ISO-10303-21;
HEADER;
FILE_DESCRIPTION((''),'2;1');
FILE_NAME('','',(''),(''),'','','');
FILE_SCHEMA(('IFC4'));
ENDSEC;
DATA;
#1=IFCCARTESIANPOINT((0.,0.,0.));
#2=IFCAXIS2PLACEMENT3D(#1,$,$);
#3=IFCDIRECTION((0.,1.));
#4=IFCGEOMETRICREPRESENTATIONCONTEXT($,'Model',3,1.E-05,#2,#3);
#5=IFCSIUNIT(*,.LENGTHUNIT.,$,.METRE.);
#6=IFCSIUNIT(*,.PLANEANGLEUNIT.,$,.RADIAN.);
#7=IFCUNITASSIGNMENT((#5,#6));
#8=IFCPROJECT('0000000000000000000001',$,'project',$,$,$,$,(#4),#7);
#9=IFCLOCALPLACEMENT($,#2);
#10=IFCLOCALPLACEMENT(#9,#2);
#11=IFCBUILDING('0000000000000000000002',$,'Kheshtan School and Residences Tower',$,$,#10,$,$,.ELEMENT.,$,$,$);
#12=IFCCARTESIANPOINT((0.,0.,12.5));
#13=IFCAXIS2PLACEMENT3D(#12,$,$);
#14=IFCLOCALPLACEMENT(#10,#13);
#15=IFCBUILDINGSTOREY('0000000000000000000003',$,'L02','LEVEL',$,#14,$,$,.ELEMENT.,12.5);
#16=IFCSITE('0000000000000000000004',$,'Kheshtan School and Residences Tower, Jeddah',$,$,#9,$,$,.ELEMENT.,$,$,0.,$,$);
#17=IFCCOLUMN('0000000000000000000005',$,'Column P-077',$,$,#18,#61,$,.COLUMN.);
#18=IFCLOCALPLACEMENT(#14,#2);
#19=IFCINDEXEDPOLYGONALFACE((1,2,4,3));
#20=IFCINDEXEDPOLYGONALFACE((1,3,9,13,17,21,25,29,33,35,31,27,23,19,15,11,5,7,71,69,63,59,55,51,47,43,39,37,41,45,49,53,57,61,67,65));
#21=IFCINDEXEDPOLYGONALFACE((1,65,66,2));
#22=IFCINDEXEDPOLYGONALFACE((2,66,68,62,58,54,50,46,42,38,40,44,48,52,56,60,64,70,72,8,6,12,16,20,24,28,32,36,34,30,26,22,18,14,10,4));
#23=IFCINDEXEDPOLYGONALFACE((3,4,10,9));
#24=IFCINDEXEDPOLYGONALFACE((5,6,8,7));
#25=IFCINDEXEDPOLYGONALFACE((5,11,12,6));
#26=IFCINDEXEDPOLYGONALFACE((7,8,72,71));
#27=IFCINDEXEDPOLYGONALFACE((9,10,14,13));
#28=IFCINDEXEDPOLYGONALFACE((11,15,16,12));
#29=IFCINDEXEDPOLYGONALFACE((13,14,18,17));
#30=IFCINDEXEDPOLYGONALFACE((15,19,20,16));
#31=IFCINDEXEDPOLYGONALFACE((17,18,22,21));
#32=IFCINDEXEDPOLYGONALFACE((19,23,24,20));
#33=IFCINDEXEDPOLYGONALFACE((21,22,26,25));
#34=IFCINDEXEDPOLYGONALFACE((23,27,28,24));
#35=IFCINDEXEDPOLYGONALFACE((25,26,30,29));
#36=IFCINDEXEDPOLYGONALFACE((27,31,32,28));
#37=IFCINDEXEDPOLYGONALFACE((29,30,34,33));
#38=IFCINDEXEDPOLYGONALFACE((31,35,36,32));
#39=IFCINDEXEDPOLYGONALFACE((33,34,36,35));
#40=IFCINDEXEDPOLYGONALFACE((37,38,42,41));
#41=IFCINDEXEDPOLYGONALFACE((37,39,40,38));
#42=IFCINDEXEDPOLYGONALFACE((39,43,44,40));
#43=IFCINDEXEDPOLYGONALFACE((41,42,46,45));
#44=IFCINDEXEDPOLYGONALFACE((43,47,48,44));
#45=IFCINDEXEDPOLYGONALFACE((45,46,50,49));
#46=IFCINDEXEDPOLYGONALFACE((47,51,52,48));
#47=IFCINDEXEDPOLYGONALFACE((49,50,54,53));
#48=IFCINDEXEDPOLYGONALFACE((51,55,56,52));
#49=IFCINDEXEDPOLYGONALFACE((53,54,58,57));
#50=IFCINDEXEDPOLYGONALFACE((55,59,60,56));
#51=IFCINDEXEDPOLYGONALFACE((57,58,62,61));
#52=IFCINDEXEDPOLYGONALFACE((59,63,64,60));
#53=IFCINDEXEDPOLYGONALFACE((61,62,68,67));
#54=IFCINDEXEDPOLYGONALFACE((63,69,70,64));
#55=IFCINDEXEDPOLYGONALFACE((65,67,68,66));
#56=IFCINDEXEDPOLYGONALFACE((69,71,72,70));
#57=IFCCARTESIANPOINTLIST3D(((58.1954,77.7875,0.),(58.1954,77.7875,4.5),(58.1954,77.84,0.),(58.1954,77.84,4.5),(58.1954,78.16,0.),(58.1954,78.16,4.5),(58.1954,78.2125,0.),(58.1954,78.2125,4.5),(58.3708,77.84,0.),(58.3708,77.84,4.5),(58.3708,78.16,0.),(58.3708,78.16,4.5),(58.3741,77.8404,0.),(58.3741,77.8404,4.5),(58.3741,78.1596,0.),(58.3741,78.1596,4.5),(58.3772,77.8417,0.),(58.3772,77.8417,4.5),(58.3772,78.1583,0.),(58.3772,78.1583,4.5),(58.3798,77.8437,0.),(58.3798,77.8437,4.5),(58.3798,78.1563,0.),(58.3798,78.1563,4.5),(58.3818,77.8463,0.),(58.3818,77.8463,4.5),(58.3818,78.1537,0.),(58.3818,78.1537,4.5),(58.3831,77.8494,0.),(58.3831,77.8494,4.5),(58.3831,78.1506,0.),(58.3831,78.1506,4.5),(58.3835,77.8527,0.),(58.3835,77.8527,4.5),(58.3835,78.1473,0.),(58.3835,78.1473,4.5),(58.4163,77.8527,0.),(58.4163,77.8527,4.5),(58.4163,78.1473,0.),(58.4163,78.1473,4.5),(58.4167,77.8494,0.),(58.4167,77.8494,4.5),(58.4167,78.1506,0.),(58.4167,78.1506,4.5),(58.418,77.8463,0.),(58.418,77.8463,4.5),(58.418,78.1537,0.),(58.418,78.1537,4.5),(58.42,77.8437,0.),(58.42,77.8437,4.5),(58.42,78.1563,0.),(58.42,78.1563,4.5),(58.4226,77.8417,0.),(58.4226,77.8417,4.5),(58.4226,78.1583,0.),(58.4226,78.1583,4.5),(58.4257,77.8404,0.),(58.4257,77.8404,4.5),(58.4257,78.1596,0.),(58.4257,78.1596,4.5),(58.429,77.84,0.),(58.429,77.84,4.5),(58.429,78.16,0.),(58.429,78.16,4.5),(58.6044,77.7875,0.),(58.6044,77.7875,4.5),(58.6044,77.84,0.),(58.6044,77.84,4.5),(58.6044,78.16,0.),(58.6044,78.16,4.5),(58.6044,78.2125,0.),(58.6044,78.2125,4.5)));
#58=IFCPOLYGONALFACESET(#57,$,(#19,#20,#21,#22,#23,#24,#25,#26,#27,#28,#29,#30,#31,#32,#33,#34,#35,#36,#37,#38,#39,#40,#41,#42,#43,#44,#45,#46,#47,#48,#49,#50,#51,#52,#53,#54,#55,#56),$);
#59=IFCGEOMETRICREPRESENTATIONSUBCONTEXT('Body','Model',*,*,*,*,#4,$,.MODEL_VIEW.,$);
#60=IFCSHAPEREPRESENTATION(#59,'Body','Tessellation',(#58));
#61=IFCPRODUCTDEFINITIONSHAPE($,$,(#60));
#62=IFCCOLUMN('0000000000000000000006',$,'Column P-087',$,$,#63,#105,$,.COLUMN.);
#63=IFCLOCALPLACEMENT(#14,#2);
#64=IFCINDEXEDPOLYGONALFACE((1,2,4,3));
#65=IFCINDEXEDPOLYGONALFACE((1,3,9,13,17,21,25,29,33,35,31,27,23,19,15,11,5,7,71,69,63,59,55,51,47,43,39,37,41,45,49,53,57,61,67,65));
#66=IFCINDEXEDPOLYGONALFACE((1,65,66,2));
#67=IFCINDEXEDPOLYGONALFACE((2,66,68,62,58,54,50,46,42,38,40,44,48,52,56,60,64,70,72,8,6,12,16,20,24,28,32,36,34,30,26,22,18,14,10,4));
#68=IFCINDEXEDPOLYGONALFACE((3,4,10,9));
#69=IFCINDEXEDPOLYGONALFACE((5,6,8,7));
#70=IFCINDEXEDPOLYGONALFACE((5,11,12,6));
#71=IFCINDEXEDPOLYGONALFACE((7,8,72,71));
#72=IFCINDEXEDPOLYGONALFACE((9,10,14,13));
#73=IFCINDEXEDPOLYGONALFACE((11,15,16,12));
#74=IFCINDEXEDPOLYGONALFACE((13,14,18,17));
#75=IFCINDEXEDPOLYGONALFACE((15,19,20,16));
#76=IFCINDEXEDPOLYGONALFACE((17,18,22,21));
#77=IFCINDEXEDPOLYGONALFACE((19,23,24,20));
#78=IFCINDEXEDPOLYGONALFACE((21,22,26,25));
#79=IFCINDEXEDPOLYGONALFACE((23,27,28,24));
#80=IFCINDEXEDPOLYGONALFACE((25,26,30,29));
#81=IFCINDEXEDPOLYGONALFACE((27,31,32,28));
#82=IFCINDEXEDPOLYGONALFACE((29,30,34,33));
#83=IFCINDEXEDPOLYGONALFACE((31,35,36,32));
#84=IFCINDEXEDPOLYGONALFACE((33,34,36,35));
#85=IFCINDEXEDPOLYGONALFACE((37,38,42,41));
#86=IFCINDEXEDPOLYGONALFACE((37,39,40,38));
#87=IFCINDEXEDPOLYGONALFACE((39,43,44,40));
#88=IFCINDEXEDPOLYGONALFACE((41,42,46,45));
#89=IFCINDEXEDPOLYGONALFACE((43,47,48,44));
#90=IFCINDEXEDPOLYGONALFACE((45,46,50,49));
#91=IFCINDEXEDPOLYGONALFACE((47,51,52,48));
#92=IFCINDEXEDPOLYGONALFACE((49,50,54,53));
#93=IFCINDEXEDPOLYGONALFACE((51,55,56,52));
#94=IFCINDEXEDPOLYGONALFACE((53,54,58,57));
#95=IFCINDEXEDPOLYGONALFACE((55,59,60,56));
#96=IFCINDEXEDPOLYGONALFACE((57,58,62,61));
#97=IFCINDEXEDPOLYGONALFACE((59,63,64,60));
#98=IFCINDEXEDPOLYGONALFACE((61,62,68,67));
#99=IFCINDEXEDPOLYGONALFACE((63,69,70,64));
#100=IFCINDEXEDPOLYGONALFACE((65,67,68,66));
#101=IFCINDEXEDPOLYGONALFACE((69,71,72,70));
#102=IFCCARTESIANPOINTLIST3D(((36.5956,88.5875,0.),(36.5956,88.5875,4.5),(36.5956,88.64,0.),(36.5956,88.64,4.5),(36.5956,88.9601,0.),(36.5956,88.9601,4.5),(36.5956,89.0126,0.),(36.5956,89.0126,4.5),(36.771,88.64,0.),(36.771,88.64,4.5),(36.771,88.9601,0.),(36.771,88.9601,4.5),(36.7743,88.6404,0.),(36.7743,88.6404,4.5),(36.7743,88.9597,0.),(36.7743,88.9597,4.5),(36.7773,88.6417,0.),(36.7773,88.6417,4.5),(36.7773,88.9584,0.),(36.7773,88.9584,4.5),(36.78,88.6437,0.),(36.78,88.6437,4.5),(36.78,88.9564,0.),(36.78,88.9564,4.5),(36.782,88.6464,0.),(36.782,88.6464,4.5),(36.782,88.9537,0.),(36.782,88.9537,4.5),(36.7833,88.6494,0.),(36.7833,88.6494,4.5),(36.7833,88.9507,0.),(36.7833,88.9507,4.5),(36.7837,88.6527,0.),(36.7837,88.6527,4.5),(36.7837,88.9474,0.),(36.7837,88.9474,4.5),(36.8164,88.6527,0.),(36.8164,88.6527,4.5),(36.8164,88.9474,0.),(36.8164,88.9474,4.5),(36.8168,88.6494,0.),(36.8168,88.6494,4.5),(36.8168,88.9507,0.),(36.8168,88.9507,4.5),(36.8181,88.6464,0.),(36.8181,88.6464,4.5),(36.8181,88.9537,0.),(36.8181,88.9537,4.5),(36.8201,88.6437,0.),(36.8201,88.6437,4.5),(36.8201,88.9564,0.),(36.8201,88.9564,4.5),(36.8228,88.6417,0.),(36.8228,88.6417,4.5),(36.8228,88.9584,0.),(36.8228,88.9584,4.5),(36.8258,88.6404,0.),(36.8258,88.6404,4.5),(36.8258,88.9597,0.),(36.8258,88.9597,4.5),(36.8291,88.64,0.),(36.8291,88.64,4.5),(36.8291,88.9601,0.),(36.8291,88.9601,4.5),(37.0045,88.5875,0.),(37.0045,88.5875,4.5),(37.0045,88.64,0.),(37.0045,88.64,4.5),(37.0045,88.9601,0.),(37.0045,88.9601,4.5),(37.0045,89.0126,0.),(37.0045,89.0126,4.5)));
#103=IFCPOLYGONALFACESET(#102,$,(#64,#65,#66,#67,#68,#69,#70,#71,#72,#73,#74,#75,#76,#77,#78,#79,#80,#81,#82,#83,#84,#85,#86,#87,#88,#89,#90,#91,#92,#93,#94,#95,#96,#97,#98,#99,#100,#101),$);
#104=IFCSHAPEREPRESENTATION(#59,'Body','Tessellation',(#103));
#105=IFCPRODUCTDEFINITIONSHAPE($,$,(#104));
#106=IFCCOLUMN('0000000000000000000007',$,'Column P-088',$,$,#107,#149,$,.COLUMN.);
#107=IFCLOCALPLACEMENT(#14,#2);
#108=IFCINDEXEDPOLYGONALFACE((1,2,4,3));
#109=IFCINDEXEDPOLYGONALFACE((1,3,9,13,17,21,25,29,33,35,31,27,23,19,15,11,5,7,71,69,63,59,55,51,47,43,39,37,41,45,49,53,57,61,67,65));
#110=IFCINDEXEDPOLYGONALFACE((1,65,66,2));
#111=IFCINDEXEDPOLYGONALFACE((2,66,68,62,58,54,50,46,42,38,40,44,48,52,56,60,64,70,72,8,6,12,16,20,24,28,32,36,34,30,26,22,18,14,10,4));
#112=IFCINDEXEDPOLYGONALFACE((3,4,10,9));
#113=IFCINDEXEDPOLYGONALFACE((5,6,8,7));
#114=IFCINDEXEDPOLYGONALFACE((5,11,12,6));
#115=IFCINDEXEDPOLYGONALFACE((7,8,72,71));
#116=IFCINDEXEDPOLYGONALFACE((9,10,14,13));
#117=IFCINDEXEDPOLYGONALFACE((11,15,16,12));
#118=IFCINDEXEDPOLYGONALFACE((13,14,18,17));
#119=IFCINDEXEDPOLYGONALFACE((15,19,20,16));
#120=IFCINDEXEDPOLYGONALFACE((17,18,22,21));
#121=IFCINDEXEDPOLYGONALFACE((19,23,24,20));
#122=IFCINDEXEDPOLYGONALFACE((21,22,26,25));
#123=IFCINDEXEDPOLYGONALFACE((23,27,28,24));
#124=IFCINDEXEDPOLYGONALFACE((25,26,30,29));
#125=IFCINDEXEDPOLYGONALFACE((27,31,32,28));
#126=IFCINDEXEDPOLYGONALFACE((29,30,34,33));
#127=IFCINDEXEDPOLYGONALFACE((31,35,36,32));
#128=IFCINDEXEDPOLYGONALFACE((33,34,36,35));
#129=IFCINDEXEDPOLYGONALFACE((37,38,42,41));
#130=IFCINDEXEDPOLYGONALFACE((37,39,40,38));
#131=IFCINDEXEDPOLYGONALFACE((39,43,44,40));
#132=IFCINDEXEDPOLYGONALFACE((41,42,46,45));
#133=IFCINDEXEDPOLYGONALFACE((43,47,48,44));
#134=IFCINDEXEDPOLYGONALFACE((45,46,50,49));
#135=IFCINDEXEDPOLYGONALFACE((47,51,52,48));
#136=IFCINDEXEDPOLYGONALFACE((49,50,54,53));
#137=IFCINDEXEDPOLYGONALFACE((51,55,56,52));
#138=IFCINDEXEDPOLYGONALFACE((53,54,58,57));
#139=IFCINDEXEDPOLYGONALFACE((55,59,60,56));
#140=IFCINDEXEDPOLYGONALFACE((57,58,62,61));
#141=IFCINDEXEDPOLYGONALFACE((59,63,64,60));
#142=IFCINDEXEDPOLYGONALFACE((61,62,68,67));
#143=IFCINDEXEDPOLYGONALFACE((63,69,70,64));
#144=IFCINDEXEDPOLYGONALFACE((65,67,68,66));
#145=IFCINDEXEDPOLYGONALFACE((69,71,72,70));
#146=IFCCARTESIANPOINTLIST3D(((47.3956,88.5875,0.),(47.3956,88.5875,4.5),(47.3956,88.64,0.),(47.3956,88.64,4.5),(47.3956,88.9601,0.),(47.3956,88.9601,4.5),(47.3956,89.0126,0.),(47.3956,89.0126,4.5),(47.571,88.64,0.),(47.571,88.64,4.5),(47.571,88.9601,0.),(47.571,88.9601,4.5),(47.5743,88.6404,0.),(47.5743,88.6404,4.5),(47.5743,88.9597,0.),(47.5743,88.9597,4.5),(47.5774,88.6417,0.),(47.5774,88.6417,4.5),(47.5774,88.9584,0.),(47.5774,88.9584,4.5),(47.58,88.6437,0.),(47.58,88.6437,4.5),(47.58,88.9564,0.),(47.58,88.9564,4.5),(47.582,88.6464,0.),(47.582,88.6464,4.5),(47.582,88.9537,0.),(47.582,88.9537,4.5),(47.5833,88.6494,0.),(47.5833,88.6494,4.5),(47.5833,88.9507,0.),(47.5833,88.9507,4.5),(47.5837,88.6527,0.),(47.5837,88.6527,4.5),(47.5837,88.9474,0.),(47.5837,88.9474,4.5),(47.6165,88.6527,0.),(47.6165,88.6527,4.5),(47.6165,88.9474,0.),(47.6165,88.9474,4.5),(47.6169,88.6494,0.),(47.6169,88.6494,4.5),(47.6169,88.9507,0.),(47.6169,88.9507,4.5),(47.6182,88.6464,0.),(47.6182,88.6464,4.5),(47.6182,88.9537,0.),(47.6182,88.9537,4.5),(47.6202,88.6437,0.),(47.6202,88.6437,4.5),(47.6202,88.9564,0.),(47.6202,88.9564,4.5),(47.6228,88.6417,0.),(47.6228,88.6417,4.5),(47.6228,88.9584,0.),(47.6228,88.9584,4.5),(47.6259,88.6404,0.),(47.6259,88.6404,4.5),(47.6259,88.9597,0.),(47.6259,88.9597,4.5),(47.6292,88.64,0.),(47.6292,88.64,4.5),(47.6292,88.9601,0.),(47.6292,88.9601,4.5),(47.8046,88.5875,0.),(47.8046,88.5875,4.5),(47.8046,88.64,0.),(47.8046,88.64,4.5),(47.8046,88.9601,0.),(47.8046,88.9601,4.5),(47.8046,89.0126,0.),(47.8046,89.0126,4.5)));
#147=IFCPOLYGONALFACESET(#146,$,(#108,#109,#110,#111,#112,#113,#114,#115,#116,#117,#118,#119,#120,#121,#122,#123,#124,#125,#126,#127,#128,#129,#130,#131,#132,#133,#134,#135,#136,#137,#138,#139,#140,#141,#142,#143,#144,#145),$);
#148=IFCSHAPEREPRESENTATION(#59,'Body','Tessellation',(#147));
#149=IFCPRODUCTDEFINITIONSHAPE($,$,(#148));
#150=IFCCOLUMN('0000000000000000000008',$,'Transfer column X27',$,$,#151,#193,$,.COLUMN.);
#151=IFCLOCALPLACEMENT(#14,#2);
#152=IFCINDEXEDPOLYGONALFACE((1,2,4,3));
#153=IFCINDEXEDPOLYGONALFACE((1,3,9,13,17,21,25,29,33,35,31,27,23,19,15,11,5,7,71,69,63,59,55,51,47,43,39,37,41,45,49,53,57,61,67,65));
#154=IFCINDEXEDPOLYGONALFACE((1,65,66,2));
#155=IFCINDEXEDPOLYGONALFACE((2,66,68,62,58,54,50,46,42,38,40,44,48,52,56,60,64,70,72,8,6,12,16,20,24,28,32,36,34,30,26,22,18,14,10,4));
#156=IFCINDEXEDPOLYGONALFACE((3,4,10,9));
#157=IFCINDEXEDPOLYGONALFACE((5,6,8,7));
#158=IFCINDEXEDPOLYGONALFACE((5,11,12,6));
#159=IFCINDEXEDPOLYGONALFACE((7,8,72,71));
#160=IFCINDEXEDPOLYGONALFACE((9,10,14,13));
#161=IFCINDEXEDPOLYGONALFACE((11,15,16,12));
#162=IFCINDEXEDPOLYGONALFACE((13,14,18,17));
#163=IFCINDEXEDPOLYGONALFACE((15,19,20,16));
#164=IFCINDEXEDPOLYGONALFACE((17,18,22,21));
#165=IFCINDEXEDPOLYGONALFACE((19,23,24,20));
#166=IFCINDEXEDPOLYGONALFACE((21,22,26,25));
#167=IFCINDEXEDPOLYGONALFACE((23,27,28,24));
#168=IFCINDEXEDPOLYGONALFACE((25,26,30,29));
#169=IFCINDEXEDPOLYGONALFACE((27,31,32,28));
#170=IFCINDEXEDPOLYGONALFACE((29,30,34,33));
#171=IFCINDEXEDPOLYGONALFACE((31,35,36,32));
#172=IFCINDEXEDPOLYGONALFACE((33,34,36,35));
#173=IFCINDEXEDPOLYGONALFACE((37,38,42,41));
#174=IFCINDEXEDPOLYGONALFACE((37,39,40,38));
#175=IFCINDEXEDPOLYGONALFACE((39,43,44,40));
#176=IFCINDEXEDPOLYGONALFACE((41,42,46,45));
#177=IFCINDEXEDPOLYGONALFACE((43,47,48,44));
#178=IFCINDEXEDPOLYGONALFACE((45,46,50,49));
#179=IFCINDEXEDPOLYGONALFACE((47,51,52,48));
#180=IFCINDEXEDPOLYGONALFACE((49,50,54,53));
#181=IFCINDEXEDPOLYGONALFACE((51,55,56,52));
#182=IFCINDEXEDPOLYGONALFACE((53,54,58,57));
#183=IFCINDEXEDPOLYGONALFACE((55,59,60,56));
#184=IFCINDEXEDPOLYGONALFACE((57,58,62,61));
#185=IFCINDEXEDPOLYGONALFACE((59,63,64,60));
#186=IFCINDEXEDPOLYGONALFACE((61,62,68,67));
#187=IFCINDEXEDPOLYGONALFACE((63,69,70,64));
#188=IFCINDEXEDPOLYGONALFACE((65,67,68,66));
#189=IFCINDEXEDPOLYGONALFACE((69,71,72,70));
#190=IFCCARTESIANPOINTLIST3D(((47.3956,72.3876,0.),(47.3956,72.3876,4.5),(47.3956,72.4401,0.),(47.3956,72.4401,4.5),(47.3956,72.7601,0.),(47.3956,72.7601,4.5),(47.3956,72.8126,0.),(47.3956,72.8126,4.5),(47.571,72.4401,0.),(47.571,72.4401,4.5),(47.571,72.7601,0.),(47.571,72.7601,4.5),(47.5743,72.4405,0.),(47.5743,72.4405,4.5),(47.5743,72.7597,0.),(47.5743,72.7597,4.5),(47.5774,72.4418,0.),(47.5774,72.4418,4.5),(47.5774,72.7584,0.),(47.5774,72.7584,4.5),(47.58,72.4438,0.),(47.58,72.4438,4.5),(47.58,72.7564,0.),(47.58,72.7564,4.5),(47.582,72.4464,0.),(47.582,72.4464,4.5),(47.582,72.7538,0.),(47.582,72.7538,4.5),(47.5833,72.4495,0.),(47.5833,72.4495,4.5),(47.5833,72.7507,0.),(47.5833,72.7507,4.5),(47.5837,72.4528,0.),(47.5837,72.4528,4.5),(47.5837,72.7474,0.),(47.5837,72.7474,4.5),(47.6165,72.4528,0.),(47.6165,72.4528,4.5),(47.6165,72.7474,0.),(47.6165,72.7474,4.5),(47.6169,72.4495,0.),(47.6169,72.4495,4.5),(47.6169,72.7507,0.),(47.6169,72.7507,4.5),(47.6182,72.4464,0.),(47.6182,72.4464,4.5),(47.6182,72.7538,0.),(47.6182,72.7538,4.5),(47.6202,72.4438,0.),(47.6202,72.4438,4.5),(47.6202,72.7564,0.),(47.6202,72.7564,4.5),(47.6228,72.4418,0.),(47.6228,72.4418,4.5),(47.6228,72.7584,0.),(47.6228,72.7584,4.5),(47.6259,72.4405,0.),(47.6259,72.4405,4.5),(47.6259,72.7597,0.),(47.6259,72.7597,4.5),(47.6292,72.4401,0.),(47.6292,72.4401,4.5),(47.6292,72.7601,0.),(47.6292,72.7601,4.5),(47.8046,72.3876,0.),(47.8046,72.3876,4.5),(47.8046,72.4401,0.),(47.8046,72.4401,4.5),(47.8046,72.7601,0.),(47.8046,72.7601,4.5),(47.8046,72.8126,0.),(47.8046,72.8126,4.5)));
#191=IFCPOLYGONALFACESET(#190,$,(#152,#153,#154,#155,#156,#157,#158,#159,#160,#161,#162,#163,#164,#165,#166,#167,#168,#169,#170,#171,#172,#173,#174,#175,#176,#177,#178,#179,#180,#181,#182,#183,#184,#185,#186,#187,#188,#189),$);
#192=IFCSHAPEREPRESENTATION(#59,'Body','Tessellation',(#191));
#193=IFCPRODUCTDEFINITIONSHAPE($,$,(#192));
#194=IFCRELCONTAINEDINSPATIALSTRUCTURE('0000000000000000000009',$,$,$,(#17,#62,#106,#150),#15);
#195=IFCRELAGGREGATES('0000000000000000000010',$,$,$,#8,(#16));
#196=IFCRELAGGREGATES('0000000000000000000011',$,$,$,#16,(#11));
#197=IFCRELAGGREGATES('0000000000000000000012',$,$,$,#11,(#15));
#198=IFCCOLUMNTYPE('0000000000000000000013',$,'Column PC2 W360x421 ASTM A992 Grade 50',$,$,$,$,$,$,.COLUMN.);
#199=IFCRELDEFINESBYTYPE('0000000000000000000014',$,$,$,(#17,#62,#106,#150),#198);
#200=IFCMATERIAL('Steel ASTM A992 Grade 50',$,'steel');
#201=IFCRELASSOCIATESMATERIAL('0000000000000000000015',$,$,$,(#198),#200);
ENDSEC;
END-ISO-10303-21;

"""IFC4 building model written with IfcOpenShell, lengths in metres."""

from ifc_helpers import new_model, si_unit, direction, frame, origin, origin_2d, place, context, subcontext, project, spatial, i_section, extrude, material, material_profile, profile_set, type_object, element, save


model = new_model("IFC4")

# Units and contexts
model_context = context("Model", 3, precision=1e-05, world=origin(), true_north=direction((0.0, 1.0)))
body_context = subcontext(model_context, "Body", "Model", "MODEL_VIEW")
ifc_project = project(units=[si_unit("LENGTHUNIT", "METRE"), si_unit("PLANEANGLEUNIT", "RADIAN")], contexts=[model_context])

# Site, building, storey
site_placement = place(None, origin())
site = spatial("IfcSite", under=ifc_project, at=site_placement, Name="Kheshtan School and Residences Tower, Jeddah", CompositionType="ELEMENT", RefElevation=0.0)
building_placement = place(site_placement, origin())
building = spatial("IfcBuilding", under=site, at=building_placement, Name="Kheshtan School and Residences Tower", CompositionType="ELEMENT")
storey_placement = place(building_placement, frame((0.0, 0.0, 12.5)))
storey = spatial("IfcBuildingStorey", under=building, at=storey_placement, Name="L02", Description="LEVEL", CompositionType="ELEMENT", Elevation=12.5)

# Columns
ifc_material_1 = material(Name="Steel ASTM A992 Grade 50", Category="steel")
ifc_material_profile_1 = material_profile(ifc_material_1, i_section(OverallWidth=0.4089, OverallDepth=0.425, WebThickness=0.0327, FlangeThickness=0.0525, FilletRadius=0.0127, at=origin_2d()), Name="W360x421")
ifc_profile_set_1 = profile_set([ifc_material_profile_1], Name="Steel ASTM A992 Grade 50")
column_type = type_object("IfcColumnType", Name="Column PC2 W360x421 ASTM A992 Grade 50", PredefinedType="COLUMN", material=ifc_profile_set_1)
for number, where, z_axis, x_axis, name in (
    (1, (58.3999, 78.0, 0.0), (0.0, 0.0, 1.0), (1.0, 0.0, 0.0), "Column P-077"),
    (2, (36.8, 88.8, 0.0), (0.0, 0.0, 1.0), (1.0, 0.0, 0.0), "Column P-087"),
    (3, (47.6001, 88.8, 0.0), (0.0, 0.0, 1.0), (1.0, 0.0, 0.0), "Column P-088"),
    (4, (47.6001, 72.6001, 0.0), (0.0, 0.0, 1.0), (1.0, 0.0, 0.0), "Transfer column X27"),
):
    element("IfcColumn", number, at=place(storey_placement, frame(where, z_axis=z_axis, x_axis=x_axis)), inside=storey, type_object=column_type, Name=name, PredefinedType="COLUMN", context=body_context, shape_type="SweptSolid", body=[
        extrude(i_section(OverallWidth=0.4089, OverallDepth=0.425, WebThickness=0.0327, FlangeThickness=0.0525, FilletRadius=0.0127, at=origin_2d()), origin(), (0.0, 0.0, 1.0), 4.5),
    ])

save(model, "model.ifc")
